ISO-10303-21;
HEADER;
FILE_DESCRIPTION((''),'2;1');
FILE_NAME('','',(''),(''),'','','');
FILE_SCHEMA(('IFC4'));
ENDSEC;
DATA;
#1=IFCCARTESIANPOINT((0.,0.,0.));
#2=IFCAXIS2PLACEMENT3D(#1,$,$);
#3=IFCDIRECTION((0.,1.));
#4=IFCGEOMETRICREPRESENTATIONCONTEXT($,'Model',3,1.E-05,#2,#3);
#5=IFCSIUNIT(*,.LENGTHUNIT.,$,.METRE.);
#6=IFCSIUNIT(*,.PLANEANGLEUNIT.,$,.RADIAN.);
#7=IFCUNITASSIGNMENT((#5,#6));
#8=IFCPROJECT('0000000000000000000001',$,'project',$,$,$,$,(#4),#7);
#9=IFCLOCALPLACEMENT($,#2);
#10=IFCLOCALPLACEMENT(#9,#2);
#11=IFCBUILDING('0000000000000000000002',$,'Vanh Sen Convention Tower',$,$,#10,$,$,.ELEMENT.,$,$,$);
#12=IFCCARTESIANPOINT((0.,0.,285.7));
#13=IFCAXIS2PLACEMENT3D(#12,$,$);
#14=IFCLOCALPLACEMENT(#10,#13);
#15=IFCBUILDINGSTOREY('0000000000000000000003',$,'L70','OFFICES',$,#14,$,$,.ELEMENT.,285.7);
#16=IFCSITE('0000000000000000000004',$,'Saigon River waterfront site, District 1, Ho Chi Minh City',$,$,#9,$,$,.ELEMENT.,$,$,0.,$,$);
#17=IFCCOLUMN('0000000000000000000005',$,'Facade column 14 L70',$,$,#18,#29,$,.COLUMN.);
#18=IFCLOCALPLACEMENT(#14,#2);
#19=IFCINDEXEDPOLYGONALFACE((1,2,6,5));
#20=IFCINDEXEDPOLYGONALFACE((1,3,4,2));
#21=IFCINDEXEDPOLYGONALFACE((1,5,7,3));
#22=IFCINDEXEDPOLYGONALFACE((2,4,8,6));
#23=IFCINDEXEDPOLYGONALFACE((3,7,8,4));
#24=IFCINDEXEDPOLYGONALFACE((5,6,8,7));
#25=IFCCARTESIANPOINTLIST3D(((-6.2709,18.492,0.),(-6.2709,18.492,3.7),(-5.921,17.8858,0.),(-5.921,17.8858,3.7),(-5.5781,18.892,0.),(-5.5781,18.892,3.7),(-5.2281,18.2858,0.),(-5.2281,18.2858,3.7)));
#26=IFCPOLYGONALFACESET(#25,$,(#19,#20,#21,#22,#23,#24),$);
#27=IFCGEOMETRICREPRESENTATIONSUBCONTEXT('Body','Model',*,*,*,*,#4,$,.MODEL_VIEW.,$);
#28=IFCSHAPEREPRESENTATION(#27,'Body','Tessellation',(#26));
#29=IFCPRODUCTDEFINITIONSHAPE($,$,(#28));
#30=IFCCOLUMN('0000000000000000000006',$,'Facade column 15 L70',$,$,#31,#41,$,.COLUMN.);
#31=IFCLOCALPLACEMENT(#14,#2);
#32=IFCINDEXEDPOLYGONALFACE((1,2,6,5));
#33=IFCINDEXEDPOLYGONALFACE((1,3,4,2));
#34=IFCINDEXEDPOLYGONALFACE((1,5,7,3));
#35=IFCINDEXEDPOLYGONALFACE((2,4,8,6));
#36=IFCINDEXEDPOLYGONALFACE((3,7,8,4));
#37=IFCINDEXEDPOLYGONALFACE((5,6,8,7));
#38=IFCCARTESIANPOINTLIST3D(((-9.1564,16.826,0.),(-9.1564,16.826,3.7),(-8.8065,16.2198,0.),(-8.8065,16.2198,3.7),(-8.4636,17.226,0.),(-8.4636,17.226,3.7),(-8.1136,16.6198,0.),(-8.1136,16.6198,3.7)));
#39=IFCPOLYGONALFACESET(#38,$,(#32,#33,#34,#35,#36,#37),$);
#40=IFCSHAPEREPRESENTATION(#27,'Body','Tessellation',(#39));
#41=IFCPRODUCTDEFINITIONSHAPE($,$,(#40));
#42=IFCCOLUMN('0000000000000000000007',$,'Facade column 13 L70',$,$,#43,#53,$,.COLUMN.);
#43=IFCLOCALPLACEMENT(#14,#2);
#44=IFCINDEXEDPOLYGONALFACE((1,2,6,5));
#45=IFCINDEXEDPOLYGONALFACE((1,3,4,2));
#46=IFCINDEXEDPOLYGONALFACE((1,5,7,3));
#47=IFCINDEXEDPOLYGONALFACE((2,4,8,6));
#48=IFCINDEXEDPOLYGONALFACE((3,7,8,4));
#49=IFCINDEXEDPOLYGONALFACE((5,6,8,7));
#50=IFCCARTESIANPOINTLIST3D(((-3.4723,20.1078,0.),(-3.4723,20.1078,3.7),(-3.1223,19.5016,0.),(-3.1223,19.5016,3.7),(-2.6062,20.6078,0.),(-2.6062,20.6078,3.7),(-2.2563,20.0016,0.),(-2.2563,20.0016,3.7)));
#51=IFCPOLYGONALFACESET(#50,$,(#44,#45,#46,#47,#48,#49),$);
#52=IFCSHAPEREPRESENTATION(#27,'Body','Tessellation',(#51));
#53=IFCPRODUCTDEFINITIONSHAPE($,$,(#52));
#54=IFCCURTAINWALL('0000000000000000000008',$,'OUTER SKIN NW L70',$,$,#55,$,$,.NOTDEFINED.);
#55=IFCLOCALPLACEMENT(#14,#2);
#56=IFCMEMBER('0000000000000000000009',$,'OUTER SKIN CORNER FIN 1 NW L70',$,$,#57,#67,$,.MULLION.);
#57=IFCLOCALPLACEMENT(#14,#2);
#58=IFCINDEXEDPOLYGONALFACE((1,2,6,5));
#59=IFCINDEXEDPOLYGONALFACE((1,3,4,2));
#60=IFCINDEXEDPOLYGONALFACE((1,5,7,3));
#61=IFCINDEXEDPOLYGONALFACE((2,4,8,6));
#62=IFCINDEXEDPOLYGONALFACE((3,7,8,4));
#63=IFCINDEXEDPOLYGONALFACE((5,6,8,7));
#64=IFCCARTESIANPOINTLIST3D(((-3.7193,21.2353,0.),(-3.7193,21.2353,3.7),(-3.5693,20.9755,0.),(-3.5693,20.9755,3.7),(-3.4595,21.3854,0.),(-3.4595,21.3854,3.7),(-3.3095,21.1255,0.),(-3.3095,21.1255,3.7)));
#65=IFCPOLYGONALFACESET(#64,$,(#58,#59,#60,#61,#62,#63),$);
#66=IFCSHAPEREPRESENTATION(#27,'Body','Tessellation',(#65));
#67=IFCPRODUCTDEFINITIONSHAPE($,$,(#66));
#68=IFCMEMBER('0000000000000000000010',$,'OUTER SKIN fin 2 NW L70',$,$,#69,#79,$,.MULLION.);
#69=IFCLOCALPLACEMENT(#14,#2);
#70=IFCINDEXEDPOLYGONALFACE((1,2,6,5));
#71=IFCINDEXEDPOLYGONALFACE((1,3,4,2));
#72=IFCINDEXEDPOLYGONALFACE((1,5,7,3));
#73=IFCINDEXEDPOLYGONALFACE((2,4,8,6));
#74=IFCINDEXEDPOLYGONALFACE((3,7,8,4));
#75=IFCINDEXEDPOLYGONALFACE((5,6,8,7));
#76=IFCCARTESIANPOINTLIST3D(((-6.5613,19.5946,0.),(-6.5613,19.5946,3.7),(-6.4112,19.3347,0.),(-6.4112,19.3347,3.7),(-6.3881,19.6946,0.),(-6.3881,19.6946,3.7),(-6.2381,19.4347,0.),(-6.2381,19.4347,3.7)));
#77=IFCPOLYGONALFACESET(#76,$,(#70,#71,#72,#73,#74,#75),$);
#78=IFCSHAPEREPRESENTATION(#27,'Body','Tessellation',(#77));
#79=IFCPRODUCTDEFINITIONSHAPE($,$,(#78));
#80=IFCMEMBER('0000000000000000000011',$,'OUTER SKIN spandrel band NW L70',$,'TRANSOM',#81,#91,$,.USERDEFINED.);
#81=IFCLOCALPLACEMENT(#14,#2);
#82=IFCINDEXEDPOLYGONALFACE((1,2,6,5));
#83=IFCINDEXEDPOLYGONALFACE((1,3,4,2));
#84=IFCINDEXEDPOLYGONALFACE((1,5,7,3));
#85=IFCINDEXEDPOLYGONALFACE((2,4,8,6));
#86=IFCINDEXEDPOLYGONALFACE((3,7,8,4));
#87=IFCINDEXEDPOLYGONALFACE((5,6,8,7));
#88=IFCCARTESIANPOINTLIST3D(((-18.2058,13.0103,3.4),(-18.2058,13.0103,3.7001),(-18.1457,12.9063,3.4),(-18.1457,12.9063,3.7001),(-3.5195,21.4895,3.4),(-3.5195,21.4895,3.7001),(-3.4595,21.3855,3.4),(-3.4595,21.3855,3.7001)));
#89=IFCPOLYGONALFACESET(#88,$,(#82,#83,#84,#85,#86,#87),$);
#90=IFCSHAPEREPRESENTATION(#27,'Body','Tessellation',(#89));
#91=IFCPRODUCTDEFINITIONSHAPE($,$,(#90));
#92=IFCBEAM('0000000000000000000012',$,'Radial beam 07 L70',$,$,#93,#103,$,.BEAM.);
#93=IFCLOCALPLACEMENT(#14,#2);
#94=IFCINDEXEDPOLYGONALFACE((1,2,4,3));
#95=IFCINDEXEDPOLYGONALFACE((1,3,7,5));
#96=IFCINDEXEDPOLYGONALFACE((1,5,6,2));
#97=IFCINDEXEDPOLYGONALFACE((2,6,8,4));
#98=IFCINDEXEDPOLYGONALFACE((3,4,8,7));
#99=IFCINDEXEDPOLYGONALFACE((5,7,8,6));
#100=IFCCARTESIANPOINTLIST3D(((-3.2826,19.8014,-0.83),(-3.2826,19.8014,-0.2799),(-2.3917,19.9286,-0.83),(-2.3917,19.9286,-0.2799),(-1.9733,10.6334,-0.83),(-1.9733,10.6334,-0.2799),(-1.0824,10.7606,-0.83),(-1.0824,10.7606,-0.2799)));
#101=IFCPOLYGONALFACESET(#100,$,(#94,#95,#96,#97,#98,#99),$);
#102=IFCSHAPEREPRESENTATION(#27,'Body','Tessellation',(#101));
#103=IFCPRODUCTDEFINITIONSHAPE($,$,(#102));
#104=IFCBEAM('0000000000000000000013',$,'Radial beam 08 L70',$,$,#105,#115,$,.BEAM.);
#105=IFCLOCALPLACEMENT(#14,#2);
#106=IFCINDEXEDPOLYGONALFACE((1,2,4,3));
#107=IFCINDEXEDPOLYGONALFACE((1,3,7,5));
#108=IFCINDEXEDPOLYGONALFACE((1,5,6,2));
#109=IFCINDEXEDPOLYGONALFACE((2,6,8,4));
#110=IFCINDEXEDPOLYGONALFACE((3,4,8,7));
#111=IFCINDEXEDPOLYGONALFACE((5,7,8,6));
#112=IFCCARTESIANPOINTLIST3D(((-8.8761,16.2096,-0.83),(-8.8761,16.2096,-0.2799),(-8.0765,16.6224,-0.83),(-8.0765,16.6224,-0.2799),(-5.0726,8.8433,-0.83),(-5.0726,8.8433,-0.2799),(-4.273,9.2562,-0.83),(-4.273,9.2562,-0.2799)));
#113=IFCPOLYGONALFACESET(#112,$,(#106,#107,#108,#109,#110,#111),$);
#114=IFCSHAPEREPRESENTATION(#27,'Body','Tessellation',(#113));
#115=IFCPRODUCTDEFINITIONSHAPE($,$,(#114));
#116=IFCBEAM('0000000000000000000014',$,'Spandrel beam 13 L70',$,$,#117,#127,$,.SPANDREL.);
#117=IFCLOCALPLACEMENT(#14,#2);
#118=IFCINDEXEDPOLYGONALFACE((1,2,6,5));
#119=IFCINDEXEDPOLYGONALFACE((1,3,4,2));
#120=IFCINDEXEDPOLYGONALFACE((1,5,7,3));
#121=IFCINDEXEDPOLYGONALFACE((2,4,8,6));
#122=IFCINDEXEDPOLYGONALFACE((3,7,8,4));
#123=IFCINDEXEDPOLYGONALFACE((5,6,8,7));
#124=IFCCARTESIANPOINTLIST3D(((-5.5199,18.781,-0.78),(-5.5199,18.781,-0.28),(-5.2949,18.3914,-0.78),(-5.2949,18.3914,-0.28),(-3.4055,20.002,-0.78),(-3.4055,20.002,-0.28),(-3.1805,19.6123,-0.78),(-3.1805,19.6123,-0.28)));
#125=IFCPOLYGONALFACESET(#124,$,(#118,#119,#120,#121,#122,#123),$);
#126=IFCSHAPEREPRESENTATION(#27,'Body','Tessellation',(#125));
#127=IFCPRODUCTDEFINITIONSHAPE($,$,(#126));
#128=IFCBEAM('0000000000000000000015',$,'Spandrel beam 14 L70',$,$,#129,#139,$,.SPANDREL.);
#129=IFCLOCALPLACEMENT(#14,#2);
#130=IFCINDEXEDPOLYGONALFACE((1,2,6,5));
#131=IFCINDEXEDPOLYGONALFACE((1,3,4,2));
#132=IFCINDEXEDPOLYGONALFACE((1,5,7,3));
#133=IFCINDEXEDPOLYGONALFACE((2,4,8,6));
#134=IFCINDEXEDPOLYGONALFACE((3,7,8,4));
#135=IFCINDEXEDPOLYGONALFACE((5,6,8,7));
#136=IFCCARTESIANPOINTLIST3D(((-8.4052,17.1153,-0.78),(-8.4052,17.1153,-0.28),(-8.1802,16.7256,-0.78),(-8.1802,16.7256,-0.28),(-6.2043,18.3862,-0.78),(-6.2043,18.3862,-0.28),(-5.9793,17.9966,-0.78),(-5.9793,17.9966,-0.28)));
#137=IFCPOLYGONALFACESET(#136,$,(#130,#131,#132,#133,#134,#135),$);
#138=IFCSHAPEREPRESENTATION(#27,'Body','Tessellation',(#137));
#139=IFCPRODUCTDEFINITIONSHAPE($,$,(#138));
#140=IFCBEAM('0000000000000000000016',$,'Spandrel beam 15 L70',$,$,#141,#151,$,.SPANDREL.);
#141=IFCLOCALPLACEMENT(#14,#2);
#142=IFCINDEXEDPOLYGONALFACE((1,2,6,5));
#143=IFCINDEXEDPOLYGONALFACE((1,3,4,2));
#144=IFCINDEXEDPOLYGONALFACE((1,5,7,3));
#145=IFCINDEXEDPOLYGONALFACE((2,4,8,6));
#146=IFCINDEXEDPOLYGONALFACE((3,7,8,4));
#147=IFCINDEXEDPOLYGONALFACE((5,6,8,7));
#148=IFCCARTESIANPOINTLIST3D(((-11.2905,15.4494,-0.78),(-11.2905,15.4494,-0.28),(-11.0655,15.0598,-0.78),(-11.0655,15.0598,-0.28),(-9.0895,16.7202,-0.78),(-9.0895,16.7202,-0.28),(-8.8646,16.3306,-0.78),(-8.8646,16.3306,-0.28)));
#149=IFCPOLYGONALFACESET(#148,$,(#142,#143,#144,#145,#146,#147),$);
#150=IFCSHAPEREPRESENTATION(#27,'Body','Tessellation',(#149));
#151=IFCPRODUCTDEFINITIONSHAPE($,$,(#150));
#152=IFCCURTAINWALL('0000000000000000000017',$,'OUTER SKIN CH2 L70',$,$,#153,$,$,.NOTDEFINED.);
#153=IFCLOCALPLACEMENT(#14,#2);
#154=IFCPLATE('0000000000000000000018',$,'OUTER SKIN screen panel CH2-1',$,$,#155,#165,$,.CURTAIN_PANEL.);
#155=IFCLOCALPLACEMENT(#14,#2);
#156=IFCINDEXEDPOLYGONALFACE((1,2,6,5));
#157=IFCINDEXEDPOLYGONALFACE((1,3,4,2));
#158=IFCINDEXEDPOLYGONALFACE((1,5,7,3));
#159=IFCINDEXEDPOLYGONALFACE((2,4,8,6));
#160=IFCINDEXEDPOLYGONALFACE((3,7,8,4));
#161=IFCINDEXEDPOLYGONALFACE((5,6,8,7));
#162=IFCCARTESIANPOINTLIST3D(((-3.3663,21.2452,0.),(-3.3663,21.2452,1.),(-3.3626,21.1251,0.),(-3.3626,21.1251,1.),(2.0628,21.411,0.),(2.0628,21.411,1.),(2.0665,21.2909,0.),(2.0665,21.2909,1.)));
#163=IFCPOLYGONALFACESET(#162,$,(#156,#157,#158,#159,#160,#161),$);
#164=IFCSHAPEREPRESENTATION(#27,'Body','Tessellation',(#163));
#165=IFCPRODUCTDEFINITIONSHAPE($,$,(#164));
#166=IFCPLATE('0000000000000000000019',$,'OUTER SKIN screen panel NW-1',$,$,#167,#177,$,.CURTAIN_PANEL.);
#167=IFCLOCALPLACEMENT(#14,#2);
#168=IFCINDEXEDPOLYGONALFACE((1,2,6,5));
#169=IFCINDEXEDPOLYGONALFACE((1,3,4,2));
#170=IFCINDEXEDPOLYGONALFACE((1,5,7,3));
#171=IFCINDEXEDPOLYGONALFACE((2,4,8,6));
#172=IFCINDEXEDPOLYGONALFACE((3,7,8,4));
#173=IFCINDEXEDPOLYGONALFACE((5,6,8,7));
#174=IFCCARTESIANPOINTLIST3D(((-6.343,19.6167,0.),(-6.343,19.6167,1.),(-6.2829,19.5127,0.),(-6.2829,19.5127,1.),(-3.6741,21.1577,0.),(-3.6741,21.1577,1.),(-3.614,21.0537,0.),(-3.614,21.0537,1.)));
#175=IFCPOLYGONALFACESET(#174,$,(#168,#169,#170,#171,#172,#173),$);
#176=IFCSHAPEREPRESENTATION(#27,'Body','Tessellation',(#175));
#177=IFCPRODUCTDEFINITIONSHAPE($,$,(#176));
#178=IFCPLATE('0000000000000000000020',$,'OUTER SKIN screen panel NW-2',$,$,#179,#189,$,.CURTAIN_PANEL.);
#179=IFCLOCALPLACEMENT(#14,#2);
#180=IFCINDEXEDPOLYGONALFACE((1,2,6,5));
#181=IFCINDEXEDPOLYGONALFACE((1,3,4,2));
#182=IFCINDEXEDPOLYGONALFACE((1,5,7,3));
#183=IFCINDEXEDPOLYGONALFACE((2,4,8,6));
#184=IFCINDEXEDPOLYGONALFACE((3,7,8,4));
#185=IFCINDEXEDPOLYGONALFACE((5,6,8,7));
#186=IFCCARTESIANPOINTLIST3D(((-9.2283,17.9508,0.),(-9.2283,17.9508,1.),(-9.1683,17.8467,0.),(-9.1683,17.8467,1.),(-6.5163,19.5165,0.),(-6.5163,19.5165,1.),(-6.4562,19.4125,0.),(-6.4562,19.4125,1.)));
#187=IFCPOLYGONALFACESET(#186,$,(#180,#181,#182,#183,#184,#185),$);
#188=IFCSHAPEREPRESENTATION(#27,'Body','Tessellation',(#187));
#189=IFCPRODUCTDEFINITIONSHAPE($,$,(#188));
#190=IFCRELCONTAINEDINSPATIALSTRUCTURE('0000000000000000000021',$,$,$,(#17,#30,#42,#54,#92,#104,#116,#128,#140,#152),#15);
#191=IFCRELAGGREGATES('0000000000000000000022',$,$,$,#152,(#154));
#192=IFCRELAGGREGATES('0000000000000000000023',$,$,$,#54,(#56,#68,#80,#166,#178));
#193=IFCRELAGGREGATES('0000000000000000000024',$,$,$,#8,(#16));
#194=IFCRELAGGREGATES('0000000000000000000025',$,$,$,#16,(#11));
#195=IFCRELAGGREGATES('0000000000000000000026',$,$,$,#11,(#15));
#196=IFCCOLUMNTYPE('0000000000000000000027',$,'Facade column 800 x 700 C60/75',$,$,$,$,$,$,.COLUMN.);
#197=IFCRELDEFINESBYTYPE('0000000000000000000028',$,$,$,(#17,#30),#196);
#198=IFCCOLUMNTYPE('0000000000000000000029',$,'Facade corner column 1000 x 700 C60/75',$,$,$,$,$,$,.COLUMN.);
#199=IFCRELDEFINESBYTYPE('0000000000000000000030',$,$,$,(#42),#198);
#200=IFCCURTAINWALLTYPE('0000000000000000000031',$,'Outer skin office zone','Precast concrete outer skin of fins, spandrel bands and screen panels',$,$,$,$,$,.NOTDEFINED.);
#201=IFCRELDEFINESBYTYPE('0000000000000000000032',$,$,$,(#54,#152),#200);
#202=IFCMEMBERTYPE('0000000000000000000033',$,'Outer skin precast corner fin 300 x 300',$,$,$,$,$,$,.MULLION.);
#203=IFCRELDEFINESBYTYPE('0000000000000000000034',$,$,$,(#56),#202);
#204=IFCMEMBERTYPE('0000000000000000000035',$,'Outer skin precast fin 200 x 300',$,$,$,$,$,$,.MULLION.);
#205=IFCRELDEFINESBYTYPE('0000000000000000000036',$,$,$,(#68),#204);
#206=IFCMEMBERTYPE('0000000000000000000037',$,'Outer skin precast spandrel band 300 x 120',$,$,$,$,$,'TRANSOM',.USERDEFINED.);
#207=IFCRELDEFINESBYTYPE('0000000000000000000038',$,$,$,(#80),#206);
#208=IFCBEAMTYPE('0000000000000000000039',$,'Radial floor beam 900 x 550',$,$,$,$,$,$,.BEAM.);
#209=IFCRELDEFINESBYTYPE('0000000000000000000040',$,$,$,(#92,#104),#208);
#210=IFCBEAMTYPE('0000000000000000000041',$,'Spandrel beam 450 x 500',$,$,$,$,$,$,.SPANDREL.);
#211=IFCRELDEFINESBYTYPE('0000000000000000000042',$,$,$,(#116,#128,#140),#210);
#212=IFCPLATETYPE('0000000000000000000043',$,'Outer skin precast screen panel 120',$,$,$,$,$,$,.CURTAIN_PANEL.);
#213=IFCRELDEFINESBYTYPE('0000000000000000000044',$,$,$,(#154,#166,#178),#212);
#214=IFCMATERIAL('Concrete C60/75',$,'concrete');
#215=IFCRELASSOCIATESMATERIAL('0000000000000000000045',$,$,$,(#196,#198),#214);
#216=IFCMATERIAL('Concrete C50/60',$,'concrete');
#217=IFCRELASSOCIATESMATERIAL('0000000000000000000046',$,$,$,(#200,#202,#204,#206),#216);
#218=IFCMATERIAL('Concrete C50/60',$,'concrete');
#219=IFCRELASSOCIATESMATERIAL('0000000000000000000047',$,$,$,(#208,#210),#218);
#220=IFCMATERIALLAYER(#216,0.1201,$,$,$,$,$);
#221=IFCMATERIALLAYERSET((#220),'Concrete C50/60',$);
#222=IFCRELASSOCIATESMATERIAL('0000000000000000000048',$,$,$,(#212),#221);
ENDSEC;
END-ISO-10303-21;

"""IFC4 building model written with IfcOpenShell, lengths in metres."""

from ifc_helpers import new_model, si_unit, direction, frame, origin, origin_2d, place, context, subcontext, project, spatial, rectangle, extrude, material, layer, layer_set, material_profile, profile_set, type_object, element, aggregate, save


model = new_model("IFC4")

# Units and contexts
model_context = context("Model", 3, precision=1e-05, world=origin(), true_north=direction((0.0, 1.0)))
body_context = subcontext(model_context, "Body", "Model", "MODEL_VIEW")
ifc_project = project(units=[si_unit("LENGTHUNIT", "METRE"), si_unit("PLANEANGLEUNIT", "RADIAN")], contexts=[model_context])

# Site, building, storey
site_placement = place(None, origin())
site = spatial("IfcSite", under=ifc_project, at=site_placement, Name="Saigon River waterfront site, District 1, Ho Chi Minh City", CompositionType="ELEMENT", RefElevation=0.0)
building_placement = place(site_placement, origin())
building = spatial("IfcBuilding", under=site, at=building_placement, Name="Vanh Sen Convention Tower", CompositionType="ELEMENT")
storey_placement = place(building_placement, frame((0.0, 0.0, 285.7)))
storey = spatial("IfcBuildingStorey", under=building, at=storey_placement, Name="L70", Description="OFFICES", CompositionType="ELEMENT", Elevation=285.7)

# Columns
ifc_material_1 = material(Name="Concrete C60/75", Category="concrete")
ifc_material_profile_1 = material_profile(ifc_material_1, rectangle(XDim=0.8, YDim=0.7, at=origin_2d()), Name="RC 800X700")
ifc_profile_set_1 = profile_set([ifc_material_profile_1], Name="Concrete C60/75")
column_type_1 = type_object("IfcColumnType", Name="Facade column 800 x 700 C60/75", PredefinedType="COLUMN", material=ifc_profile_set_1)
for number, where, z_axis, x_axis, name in (
    (1, (-5.7495, 18.3889, 0.0), (0.0, 0.0, 1.0), (-0.866025, -0.5, 0.0), "Facade column 14 L70"),
    (2, (-8.635, 16.7229, 0.0), (0.0, 0.0, 1.0), (-0.866025, -0.5, 0.0), "Facade column 15 L70"),
):
    element("IfcColumn", number, at=place(storey_placement, frame(where, z_axis=z_axis, x_axis=x_axis)), inside=storey, type_object=column_type_1, Name=name, PredefinedType="COLUMN", context=body_context, shape_type="SweptSolid", body=[
        extrude(rectangle(XDim=0.8, YDim=0.7, at=origin_2d()), origin(), (0.0, 0.0, 1.0), 3.7),
    ])
ifc_material_profile_2 = material_profile(ifc_material_1, rectangle(XDim=1.0, YDim=0.7, at=origin_2d()), Name="RC 1000X700")
ifc_profile_set_2 = profile_set([ifc_material_profile_2], Name="Concrete C60/75")
column_type_2 = type_object("IfcColumnType", Name="Facade corner column 1000 x 700 C60/75", PredefinedType="COLUMN", material=ifc_profile_set_2)
column_placement = place(storey_placement, frame((-2.8643, 20.0547, 0.0), z_axis=(0.0, 0.0, 1.0), x_axis=(-0.866025, -0.5, 0.0)))
element("IfcColumn", 3, at=column_placement, inside=storey, type_object=column_type_2, Name="Facade column 13 L70", PredefinedType="COLUMN", context=body_context, shape_type="SweptSolid", body=[
    extrude(rectangle(XDim=1.0, YDim=0.7, at=origin_2d()), origin(), (0.0, 0.0, 1.0), 3.7),
])

# Curtain wall, members
ifc_material_2 = material(Name="Concrete C50/60", Category="concrete")
curtain_wall_type = type_object("IfcCurtainWallType", Name="Outer skin office zone", Description="Precast concrete outer skin of fins, spandrel bands and screen panels", PredefinedType="NOTDEFINED", material=ifc_material_2)
curtain_wall_1_placement = place(storey_placement, origin())
curtain_wall_1 = element("IfcCurtainWall", 4, at=curtain_wall_1_placement, inside=storey, type_object=curtain_wall_type, Name="OUTER SKIN NW L70", PredefinedType="NOTDEFINED")
ifc_material_profile_3 = material_profile(ifc_material_2, rectangle(XDim=0.3, YDim=0.3, at=origin_2d()), Name="Outer skin precast corner fin 300 x 300")
ifc_profile_set_3 = profile_set([ifc_material_profile_3], Name="Concrete C50/60")
member_type_1 = type_object("IfcMemberType", Name="Outer skin precast corner fin 300 x 300", PredefinedType="MULLION", material=ifc_profile_set_3)
member_1_placement = place(storey_placement, frame((-3.5144, 21.1804, 0.0), z_axis=(0.0, 0.0, 1.0), x_axis=(-0.866025, -0.5, 0.0)))
member_1 = element("IfcMember", 5, at=member_1_placement, type_object=member_type_1, Name="OUTER SKIN CORNER FIN 1 NW L70", PredefinedType="MULLION", context=body_context, shape_type="SweptSolid", body=[
    extrude(rectangle(XDim=0.3, YDim=0.3, at=origin_2d()), origin(), (0.0, 0.0, 1.0), 3.7),
])
ifc_material_profile_4 = material_profile(ifc_material_2, rectangle(XDim=0.2, YDim=0.3, at=origin_2d()), Name="Outer skin precast fin 200 x 300")
ifc_profile_set_4 = profile_set([ifc_material_profile_4], Name="Concrete C50/60")
member_type_2 = type_object("IfcMemberType", Name="Outer skin precast fin 200 x 300", PredefinedType="MULLION", material=ifc_profile_set_4)
member_2_placement = place(storey_placement, frame((-6.3997, 19.5146, 0.0), z_axis=(0.0, 0.0, 1.0), x_axis=(-0.866025, -0.5, 0.0)))
member_2 = element("IfcMember", 6, at=member_2_placement, type_object=member_type_2, Name="OUTER SKIN fin 2 NW L70", PredefinedType="MULLION", context=body_context, shape_type="SweptSolid", body=[
    extrude(rectangle(XDim=0.2, YDim=0.3, at=origin_2d()), origin(), (0.0, 0.0, 1.0), 3.7),
])
ifc_material_profile_5 = material_profile(ifc_material_2, rectangle(XDim=0.1201, YDim=0.3, at=origin_2d()), Name="Outer skin precast spandrel band 300 x 120")
ifc_profile_set_5 = profile_set([ifc_material_profile_5], Name="Concrete C50/60")
member_type_3 = type_object("IfcMemberType", Name="Outer skin precast spandrel band 300 x 120", ElementType="TRANSOM", PredefinedType="USERDEFINED", material=ifc_profile_set_5)
member_3_placement = place(storey_placement, frame((-3.4895, 21.4375, 3.55), z_axis=(-0.866022, -0.500005, 0.0), x_axis=(0.500005, -0.866022, 0.0)))
member_3 = element("IfcMember", 7, at=member_3_placement, type_object=member_type_3, Name="OUTER SKIN spandrel band NW L70", ObjectType="TRANSOM", PredefinedType="USERDEFINED", context=body_context, shape_type="SweptSolid", body=[
    extrude(rectangle(XDim=0.1201, YDim=0.3, at=origin_2d()), origin(), (0.0, 0.0, 1.0), 16.9583),
])

# Beams
ifc_material_3 = material(Name="Concrete C50/60", Category="concrete")
ifc_material_profile_6 = material_profile(ifc_material_3, rectangle(XDim=0.8999, YDim=0.55, at=origin_2d()), Name="RC 900X550")
ifc_profile_set_6 = profile_set([ifc_material_profile_6], Name="Concrete C50/60")
beam_type_1 = type_object("IfcBeamType", Name="Radial floor beam 900 x 550", PredefinedType="BEAM", material=ifc_profile_set_6)
beam_1_placement = place(storey_placement, frame((-2.8372, 19.865, -0.5549), z_axis=(0.141381, -0.989955, 0.0), x_axis=(0.989955, 0.141381, 0.0)))
element("IfcBeam", 8, at=beam_1_placement, inside=storey, type_object=beam_type_1, Name="Radial beam 07 L70", PredefinedType="BEAM", context=body_context, shape_type="SweptSolid", body=[
    extrude(rectangle(XDim=0.8999, YDim=0.55, at=origin_2d()), origin(), (0.0, 0.0, 1.0), 9.261),
])
beam_2_placement = place(storey_placement, frame((-8.4763, 16.416, -0.5549), z_axis=(0.458791, -0.888544, 0.0), x_axis=(0.888544, 0.458791, 0.0)))
element("IfcBeam", 9, at=beam_2_placement, inside=storey, type_object=beam_type_1, Name="Radial beam 08 L70", PredefinedType="BEAM", context=body_context, shape_type="SweptSolid", body=[
    extrude(rectangle(XDim=0.8999, YDim=0.55, at=origin_2d()), origin(), (0.0, 0.0, 1.0), 8.2903),
])
ifc_material_profile_7 = material_profile(ifc_material_3, rectangle(XDim=0.45, YDim=0.5, at=origin_2d()), Name="RC 450X500")
ifc_profile_set_7 = profile_set([ifc_material_profile_7], Name="Concrete C50/60")
beam_type_2 = type_object("IfcBeamType", Name="Spandrel beam 450 x 500", PredefinedType="SPANDREL", material=ifc_profile_set_7)
beam_3_placement = place(storey_placement, frame((-3.293, 19.8071, -0.53), z_axis=(-0.866001, -0.500043, 0.0), x_axis=(0.500043, -0.866001, 0.0)))
element("IfcBeam", 10, at=beam_3_placement, inside=storey, type_object=beam_type_2, Name="Spandrel beam 13 L70", PredefinedType="SPANDREL", context=body_context, shape_type="SweptSolid", body=[
    extrude(rectangle(XDim=0.45, YDim=0.5, at=origin_2d()), origin(), (0.0, 0.0, 1.0), 2.4417),
])
for number, where, z_axis, x_axis, name in (
    (11, (-6.0918, 18.1914, -0.53), (-0.865976, -0.500086, 0.0), (0.500086, -0.865976, 0.0), "Spandrel beam 14 L70"),
    (12, (-8.9771, 16.5254, -0.53), (-0.866018, -0.500013, 0.0), (0.500013, -0.866018, 0.0), "Spandrel beam 15 L70"),
):
    element("IfcBeam", number, at=place(storey_placement, frame(where, z_axis=z_axis, x_axis=x_axis)), inside=storey, type_object=beam_type_2, Name=name, PredefinedType="SPANDREL", context=body_context, shape_type="SweptSolid", body=[
        extrude(rectangle(XDim=0.45, YDim=0.5, at=origin_2d()), origin(), (0.0, 0.0, 1.0), 2.5415),
    ])

# Curtain wall, plate
curtain_wall_2_placement = place(storey_placement, origin())
curtain_wall_2 = element("IfcCurtainWall", 13, at=curtain_wall_2_placement, inside=storey, type_object=curtain_wall_type, Name="OUTER SKIN CH2 L70", PredefinedType="NOTDEFINED")
ifc_layer_1 = layer(ifc_material_2, 0.1201)
ifc_layer_set_1 = layer_set([ifc_layer_1], Name="Concrete C50/60")
plate_type = type_object("IfcPlateType", Name="Outer skin precast screen panel 120", PredefinedType="CURTAIN_PANEL", material=ifc_layer_set_1)
plate_1_placement = place(storey_placement, frame((-0.6499, 21.2681, 0.0), z_axis=(0.0, 0.0, 1.0), x_axis=(-0.999534, -0.030528, 0.0)))
plate_1 = element("IfcPlate", 14, at=plate_1_placement, type_object=plate_type, Name="OUTER SKIN screen panel CH2-1", PredefinedType="CURTAIN_PANEL", context=body_context, shape_type="SweptSolid", body=[
    extrude(rectangle(XDim=5.4316, YDim=0.1201, at=origin_2d()), origin(), (0.0, 0.0, 1.0), 1.0),
])
aggregate(curtain_wall_2, [plate_1])

# Plates
plate_2_placement = place(storey_placement, frame((-4.9785, 20.3352, 0.0), z_axis=(0.0, 0.0, 1.0), x_axis=(-0.866016, -0.500017, 0.0)))
plate_2 = element("IfcPlate", 15, at=plate_2_placement, type_object=plate_type, Name="OUTER SKIN screen panel NW-1", PredefinedType="CURTAIN_PANEL", context=body_context, shape_type="SweptSolid", body=[
    extrude(rectangle(XDim=3.0818, YDim=0.1201, at=origin_2d()), origin(), (0.0, 0.0, 1.0), 1.0),
])
plate_3_placement = place(storey_placement, frame((-7.8423, 18.6816, 0.0), z_axis=(0.0, 0.0, 1.0), x_axis=(-0.866029, -0.499994, 0.0)))
plate_3 = element("IfcPlate", 16, at=plate_3_placement, type_object=plate_type, Name="OUTER SKIN screen panel NW-2", PredefinedType="CURTAIN_PANEL", context=body_context, shape_type="SweptSolid", body=[
    extrude(rectangle(XDim=3.1316, YDim=0.1201, at=origin_2d()), origin(), (0.0, 0.0, 1.0), 1.0),
])
aggregate(curtain_wall_1, [member_1, member_2, member_3, plate_2, plate_3])

save(model, "model.ifc")
